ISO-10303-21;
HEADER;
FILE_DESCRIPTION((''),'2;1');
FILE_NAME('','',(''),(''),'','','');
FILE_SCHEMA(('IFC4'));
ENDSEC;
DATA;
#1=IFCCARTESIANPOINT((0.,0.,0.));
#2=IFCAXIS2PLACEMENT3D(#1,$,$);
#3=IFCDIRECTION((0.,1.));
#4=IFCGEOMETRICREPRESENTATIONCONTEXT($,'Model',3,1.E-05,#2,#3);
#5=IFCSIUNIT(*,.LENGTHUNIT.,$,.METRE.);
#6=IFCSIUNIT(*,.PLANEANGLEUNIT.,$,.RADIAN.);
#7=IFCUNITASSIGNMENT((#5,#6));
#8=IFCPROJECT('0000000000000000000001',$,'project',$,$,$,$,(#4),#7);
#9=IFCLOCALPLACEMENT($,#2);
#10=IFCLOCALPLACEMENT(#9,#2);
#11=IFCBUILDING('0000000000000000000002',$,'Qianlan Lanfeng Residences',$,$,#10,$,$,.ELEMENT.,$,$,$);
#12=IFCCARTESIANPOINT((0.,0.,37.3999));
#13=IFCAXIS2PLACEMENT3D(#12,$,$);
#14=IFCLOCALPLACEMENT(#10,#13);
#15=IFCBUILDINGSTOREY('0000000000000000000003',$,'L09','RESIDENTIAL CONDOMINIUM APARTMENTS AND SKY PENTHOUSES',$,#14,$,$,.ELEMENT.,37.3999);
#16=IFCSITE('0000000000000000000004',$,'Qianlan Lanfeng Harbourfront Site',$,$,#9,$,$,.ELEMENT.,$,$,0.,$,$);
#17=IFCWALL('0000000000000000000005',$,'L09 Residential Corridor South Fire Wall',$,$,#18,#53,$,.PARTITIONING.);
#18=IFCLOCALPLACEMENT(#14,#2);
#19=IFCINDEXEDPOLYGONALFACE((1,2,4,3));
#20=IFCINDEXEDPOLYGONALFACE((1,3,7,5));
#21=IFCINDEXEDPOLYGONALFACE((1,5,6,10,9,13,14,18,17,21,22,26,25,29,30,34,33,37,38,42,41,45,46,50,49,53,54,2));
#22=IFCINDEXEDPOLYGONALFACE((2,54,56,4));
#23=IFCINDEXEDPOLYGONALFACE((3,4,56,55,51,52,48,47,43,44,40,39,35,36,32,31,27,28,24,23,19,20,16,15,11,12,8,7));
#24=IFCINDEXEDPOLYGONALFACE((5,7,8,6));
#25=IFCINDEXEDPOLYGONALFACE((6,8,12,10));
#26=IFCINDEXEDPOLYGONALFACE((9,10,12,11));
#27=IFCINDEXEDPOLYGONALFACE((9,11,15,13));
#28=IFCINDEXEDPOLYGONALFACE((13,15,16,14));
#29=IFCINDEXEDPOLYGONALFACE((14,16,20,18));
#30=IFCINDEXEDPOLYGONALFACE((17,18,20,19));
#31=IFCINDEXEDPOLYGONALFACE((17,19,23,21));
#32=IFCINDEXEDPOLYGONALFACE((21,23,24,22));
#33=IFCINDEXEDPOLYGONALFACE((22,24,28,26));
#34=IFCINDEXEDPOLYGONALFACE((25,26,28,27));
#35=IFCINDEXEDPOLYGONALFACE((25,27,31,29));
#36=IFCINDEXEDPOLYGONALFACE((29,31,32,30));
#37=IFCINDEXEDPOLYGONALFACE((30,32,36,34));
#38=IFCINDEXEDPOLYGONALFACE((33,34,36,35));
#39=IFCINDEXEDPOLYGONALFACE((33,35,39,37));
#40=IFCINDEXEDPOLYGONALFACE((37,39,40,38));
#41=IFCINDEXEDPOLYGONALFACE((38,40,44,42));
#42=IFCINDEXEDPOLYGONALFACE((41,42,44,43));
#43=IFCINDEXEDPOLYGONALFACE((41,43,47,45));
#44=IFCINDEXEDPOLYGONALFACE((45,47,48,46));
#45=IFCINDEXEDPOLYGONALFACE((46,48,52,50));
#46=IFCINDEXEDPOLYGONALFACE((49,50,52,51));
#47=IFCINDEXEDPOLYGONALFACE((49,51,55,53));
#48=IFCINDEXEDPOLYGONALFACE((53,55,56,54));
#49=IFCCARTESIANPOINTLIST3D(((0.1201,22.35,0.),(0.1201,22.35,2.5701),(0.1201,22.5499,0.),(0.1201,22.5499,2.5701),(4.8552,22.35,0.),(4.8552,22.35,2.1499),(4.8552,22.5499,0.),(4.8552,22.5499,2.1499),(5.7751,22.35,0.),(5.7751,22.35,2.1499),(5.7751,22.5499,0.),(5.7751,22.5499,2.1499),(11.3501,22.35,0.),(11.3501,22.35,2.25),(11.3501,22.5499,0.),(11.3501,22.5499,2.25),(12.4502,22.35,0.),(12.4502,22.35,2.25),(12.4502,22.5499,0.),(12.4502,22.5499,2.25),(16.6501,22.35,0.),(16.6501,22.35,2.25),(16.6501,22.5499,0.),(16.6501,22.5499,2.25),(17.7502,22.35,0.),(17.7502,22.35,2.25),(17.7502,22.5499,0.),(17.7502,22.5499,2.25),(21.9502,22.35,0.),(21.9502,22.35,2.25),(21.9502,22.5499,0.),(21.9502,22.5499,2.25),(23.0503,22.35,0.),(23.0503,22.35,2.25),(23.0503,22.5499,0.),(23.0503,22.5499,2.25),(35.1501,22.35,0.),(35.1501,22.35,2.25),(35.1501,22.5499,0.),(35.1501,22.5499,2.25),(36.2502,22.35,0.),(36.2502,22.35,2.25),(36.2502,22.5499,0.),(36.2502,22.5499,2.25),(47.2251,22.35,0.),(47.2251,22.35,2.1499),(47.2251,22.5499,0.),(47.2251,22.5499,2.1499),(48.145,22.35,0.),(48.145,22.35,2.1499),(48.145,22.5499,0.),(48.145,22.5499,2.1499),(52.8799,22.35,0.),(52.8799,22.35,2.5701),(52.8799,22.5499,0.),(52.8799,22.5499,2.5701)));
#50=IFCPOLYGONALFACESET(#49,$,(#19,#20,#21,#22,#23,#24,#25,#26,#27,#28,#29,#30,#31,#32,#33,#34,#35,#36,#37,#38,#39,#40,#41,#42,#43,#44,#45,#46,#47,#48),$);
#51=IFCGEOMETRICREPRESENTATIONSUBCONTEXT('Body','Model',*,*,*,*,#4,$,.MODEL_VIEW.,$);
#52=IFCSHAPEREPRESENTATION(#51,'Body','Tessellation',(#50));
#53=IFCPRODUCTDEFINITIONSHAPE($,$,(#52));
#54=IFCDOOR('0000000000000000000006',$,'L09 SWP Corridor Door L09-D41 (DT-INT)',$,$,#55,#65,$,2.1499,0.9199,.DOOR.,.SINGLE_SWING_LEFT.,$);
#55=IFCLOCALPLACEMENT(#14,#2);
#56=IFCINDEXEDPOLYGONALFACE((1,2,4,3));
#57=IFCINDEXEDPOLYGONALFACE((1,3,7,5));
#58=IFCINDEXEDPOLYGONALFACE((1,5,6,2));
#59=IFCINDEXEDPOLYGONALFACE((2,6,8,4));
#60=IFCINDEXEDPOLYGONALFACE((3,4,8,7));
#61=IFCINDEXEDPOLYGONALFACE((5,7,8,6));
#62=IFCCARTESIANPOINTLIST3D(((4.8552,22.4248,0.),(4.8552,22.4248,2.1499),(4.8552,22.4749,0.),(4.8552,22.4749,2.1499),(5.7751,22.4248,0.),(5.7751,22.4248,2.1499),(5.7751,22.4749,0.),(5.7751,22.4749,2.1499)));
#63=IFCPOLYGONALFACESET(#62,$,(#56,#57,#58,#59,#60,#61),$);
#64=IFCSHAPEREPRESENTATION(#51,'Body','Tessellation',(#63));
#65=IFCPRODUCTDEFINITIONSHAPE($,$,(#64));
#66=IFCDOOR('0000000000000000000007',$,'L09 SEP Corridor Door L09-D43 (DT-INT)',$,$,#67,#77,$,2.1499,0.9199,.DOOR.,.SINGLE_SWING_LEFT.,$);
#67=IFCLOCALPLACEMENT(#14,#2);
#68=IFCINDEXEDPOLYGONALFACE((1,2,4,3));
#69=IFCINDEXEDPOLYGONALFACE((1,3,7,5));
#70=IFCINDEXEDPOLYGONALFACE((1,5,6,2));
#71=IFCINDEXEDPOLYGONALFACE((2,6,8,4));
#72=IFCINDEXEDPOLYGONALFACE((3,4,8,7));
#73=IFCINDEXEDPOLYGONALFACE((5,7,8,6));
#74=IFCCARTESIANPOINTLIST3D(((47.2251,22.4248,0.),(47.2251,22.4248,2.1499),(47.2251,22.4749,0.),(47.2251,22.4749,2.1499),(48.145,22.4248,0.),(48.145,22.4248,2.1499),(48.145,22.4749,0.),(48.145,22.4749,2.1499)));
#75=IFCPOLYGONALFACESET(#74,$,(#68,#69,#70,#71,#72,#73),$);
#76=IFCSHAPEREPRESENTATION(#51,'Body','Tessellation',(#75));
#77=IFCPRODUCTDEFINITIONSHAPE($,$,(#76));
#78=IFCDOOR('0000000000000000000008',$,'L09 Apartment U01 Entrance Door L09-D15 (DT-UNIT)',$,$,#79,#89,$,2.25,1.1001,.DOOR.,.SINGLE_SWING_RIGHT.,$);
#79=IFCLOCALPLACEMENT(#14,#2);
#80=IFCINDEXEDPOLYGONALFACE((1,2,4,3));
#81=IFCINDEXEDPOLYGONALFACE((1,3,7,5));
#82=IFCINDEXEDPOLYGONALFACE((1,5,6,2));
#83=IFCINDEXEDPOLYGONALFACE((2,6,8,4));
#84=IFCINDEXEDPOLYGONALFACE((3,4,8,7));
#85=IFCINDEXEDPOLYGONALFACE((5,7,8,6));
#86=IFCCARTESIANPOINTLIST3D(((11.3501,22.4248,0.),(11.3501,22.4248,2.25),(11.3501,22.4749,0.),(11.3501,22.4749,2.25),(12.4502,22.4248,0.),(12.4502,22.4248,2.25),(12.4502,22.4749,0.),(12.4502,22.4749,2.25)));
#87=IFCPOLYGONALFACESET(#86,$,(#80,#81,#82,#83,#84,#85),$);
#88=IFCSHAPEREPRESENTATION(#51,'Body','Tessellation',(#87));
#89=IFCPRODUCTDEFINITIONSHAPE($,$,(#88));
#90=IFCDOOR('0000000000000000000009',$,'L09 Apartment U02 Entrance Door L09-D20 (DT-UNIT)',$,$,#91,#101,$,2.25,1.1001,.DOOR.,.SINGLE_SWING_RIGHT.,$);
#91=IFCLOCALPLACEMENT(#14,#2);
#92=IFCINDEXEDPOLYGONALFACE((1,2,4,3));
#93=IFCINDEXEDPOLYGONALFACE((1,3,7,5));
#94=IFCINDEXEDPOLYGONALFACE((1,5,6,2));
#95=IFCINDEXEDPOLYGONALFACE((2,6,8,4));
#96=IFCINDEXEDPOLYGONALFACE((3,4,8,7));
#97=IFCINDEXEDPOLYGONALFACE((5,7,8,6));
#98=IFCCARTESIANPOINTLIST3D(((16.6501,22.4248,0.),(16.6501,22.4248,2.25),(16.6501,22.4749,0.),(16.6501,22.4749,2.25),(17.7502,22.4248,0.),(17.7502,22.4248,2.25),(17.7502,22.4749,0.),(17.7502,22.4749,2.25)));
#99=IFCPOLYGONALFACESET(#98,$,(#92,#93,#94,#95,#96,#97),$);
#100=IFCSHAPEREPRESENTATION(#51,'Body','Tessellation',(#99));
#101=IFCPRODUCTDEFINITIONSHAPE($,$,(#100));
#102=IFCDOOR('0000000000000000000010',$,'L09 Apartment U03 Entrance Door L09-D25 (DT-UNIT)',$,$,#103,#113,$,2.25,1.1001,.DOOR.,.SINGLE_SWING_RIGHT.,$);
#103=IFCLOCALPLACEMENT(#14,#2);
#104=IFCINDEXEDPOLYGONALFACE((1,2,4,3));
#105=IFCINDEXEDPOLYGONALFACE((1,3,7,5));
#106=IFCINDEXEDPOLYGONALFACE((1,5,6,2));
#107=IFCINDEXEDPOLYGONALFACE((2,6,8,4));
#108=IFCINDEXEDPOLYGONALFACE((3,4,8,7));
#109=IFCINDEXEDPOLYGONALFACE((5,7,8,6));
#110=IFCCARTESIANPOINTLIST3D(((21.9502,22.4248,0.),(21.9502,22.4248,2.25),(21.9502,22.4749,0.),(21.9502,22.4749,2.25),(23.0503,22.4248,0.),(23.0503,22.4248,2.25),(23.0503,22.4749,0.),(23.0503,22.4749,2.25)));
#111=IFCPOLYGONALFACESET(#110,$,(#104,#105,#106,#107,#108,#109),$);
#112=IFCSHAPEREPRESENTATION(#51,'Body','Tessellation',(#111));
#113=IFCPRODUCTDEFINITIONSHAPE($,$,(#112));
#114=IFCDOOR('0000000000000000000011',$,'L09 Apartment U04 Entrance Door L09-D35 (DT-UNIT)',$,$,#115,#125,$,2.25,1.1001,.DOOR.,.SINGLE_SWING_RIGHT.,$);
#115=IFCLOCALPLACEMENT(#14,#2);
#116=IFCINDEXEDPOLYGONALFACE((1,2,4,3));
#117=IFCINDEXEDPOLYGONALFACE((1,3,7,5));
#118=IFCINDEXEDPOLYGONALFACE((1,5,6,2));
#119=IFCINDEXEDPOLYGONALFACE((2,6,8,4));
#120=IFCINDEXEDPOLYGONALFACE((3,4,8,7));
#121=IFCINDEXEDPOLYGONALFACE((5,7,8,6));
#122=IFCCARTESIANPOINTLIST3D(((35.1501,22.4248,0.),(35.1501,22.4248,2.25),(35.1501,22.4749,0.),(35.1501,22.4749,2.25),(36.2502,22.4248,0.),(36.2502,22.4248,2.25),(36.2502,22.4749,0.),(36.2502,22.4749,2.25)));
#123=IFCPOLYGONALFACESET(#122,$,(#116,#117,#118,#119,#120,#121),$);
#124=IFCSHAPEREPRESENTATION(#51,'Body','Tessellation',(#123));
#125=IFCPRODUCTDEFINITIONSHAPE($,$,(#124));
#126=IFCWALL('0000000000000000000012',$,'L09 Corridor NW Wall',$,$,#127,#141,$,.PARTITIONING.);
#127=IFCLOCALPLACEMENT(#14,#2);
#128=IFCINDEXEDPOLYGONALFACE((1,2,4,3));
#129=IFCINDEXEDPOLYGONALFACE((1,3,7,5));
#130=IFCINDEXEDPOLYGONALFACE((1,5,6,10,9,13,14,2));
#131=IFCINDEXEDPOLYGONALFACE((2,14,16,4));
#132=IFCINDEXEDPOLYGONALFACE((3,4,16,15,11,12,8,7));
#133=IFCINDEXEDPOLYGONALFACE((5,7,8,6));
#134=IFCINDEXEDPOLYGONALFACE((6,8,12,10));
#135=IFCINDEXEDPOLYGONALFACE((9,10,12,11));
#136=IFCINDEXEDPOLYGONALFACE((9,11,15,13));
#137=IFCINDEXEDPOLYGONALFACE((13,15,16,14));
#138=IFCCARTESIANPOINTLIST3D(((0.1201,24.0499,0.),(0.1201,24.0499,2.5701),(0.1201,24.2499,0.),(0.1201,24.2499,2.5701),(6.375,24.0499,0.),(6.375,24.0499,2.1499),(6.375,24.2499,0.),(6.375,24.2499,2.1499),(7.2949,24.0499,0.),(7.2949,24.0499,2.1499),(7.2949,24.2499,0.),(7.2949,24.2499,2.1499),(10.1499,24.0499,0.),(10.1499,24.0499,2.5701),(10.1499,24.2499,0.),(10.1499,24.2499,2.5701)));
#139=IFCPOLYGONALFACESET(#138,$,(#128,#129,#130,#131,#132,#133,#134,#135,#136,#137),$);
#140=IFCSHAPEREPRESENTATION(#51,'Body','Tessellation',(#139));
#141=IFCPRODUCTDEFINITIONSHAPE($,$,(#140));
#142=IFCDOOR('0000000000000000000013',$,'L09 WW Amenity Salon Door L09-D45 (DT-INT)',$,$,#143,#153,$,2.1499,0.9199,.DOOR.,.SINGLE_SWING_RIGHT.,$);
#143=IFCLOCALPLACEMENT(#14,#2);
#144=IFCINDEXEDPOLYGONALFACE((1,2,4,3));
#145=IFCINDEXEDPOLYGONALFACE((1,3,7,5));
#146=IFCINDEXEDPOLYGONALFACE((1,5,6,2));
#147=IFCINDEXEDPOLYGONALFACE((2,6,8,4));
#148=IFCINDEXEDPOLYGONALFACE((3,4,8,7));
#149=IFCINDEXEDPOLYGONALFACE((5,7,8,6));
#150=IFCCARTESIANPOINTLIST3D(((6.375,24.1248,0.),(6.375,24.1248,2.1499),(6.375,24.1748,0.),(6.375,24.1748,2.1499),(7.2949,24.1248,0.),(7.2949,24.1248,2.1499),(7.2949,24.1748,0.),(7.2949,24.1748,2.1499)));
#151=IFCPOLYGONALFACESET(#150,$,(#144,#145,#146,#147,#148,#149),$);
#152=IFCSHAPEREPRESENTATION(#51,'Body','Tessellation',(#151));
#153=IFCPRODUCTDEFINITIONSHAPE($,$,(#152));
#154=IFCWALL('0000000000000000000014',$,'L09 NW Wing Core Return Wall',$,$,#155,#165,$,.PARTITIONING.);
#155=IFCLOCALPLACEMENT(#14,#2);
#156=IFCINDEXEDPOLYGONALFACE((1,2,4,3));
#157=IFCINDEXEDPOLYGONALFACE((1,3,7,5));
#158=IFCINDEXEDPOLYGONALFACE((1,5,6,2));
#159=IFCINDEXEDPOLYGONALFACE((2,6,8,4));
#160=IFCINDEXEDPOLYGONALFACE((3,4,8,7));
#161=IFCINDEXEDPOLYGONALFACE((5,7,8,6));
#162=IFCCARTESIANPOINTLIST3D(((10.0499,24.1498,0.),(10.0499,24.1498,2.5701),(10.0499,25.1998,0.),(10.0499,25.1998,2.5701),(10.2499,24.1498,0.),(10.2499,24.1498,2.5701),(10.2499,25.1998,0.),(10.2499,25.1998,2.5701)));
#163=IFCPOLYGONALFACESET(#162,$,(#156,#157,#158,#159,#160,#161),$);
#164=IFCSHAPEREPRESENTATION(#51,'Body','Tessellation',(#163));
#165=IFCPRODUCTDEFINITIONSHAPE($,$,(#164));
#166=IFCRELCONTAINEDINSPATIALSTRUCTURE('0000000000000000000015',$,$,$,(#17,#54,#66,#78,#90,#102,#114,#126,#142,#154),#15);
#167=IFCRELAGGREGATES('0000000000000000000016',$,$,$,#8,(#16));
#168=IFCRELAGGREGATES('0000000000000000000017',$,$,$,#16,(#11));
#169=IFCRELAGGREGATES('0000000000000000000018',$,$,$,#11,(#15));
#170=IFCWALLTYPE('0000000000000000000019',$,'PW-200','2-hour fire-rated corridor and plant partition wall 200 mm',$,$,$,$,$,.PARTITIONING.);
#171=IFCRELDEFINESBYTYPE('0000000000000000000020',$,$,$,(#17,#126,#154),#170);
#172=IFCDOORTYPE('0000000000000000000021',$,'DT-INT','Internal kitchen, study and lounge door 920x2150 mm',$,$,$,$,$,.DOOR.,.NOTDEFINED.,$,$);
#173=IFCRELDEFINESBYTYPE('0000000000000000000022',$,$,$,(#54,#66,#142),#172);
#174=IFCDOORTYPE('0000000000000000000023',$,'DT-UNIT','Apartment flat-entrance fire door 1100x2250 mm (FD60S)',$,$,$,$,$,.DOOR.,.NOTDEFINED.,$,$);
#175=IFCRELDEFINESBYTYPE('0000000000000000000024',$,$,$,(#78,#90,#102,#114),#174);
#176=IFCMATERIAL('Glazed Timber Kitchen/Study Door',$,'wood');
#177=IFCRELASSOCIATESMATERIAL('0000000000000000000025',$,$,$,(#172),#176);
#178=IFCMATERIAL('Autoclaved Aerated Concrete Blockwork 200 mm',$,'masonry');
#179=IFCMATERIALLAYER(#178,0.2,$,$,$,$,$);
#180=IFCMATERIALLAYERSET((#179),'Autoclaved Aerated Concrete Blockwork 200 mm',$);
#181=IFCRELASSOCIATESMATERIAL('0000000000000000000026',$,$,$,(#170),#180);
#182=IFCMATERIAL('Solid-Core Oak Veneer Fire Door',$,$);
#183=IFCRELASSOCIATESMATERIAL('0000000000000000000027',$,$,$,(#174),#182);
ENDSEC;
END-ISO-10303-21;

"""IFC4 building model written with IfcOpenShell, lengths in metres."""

from ifc_helpers import new_model, si_unit, direction, frame, frame_2d, origin, place, context, subcontext, project, spatial, rectangle, extrude, material, layer, layer_set, type_object, element, fill, save


model = new_model("IFC4")

# Units and contexts
model_context = context("Model", 3, precision=1e-05, world=origin(), true_north=direction((0.0, 1.0)))
body_context = subcontext(model_context, "Body", "Model", "MODEL_VIEW")
ifc_project = project(units=[si_unit("LENGTHUNIT", "METRE"), si_unit("PLANEANGLEUNIT", "RADIAN")], contexts=[model_context])

# Site, building, storey
site_placement = place(None, origin())
site = spatial("IfcSite", under=ifc_project, at=site_placement, Name="Qianlan Lanfeng Harbourfront Site", CompositionType="ELEMENT", RefElevation=0.0)
building_placement = place(site_placement, origin())
building = spatial("IfcBuilding", under=site, at=building_placement, Name="Qianlan Lanfeng Residences", CompositionType="ELEMENT")
storey_placement = place(building_placement, frame((0.0, 0.0, 37.3999)))
storey = spatial("IfcBuildingStorey", under=building, at=storey_placement, Name="L09", Description="RESIDENTIAL CONDOMINIUM APARTMENTS AND SKY PENTHOUSES", CompositionType="ELEMENT", Elevation=37.3999)

# Shared definitions
ifc_material_1 = material(Name="Glazed Timber Kitchen/Study Door", Category="wood")
door_type_1 = type_object("IfcDoorType", Name="DT-INT", Description="Internal kitchen, study and lounge door 920x2150 mm", OperationType="NOTDEFINED", PredefinedType="DOOR", material=ifc_material_1)

# Wall, openings, doors
ifc_material_2 = material(Name="Autoclaved Aerated Concrete Blockwork 200 mm", Category="masonry")
ifc_layer_1 = layer(ifc_material_2, 0.2)
ifc_layer_set_1 = layer_set([ifc_layer_1], Name="Autoclaved Aerated Concrete Blockwork 200 mm")
wall_type_1 = type_object("IfcWallType", Name="PW-200", Description="2-hour fire-rated corridor and plant partition wall 200 mm", PredefinedType="PARTITIONING", material=ifc_layer_set_1)
wall_1_placement = place(storey_placement, frame((0.1201, 22.45, 0.0), z_axis=(0.0, 0.0, 1.0), x_axis=(1.0, 0.0, 0.0)))
wall_1 = element("IfcWall", 1, at=wall_1_placement, inside=storey, type_object=wall_type_1, Name="L09 Residential Corridor South Fire Wall", PredefinedType="PARTITIONING", context=body_context, shape_type="SweptSolid", body=[
    extrude(rectangle(XDim=52.7598, YDim=0.2, at=frame_2d((26.3799, 0.0))), origin(), (0.0, 0.0, 1.0), 2.5701),
])
opening_1_placement = place(wall_1_placement, frame((11.23, 0.0, 0.0)))
opening_1 = element("IfcOpeningElement", 2, at=opening_1_placement, cuts=wall_1, PredefinedType="OPENING", context=body_context, shape_type="SweptSolid", body=[
    extrude(rectangle(XDim=1.1001, YDim=2.25, at=frame_2d((0.55, 1.125))), frame((0.0, 0.1099, 0.0), z_axis=(0.0, -1.0, 0.0), x_axis=(1.0, 0.0, 0.0)), (0.0, 0.0, 1.0), 0.22),
])
opening_2_placement = place(wall_1_placement, frame((16.53, 0.0, 0.0)))
opening_2 = element("IfcOpeningElement", 3, at=opening_2_placement, cuts=wall_1, PredefinedType="OPENING", context=body_context, shape_type="SweptSolid", body=[
    extrude(rectangle(XDim=1.1001, YDim=2.25, at=frame_2d((0.55, 1.125))), frame((0.0, 0.1099, 0.0), z_axis=(0.0, -1.0, 0.0), x_axis=(1.0, 0.0, 0.0)), (0.0, 0.0, 1.0), 0.22),
])
opening_3_placement = place(wall_1_placement, frame((21.8301, 0.0, 0.0)))
opening_3 = element("IfcOpeningElement", 4, at=opening_3_placement, cuts=wall_1, PredefinedType="OPENING", context=body_context, shape_type="SweptSolid", body=[
    extrude(rectangle(XDim=1.1001, YDim=2.25, at=frame_2d((0.55, 1.125))), frame((0.0, 0.1099, 0.0), z_axis=(0.0, -1.0, 0.0), x_axis=(1.0, 0.0, 0.0)), (0.0, 0.0, 1.0), 0.22),
])
opening_4_placement = place(wall_1_placement, frame((35.03, 0.0, 0.0)))
opening_4 = element("IfcOpeningElement", 5, at=opening_4_placement, cuts=wall_1, PredefinedType="OPENING", context=body_context, shape_type="SweptSolid", body=[
    extrude(rectangle(XDim=1.1001, YDim=2.25, at=frame_2d((0.55, 1.125))), frame((0.0, 0.1099, 0.0), z_axis=(0.0, -1.0, 0.0), x_axis=(1.0, 0.0, 0.0)), (0.0, 0.0, 1.0), 0.22),
])
opening_5_placement = place(wall_1_placement, frame((4.7351, 0.0, 0.0)))
opening_5 = element("IfcOpeningElement", 6, at=opening_5_placement, cuts=wall_1, PredefinedType="OPENING", context=body_context, shape_type="SweptSolid", body=[
    extrude(rectangle(XDim=0.9199, YDim=2.1499, at=frame_2d((0.46, 1.075))), frame((0.0, 0.1099, 0.0), z_axis=(0.0, -1.0, 0.0), x_axis=(1.0, 0.0, 0.0)), (0.0, 0.0, 1.0), 0.22),
])
opening_6_placement = place(wall_1_placement, frame((47.105, 0.0, 0.0)))
opening_6 = element("IfcOpeningElement", 7, at=opening_6_placement, cuts=wall_1, PredefinedType="OPENING", context=body_context, shape_type="SweptSolid", body=[
    extrude(rectangle(XDim=0.9199, YDim=2.1499, at=frame_2d((0.46, 1.075))), frame((0.0, 0.1099, 0.0), z_axis=(0.0, -1.0, 0.0), x_axis=(1.0, 0.0, 0.0)), (0.0, 0.0, 1.0), 0.22),
])
door_1_placement = place(opening_5_placement, origin())
door_1 = element("IfcDoor", 8, at=door_1_placement, inside=storey, type_object=door_type_1, Name="L09 SWP Corridor Door L09-D41 (DT-INT)", OperationType="SINGLE_SWING_LEFT", OverallHeight=2.1499, OverallWidth=0.9199, PredefinedType="DOOR", context=body_context, shape_type="SweptSolid", body=[
    extrude(rectangle(XDim=0.9199, YDim=2.1499, at=frame_2d((0.46, 1.075))), frame((0.0, 0.0249, 0.0), z_axis=(0.0, -1.0, 0.0), x_axis=(1.0, 0.0, 0.0)), (0.0, 0.0, 1.0), 0.05),
])
fill(opening_5, door_1)
door_2_placement = place(opening_6_placement, origin())
door_2 = element("IfcDoor", 9, at=door_2_placement, inside=storey, type_object=door_type_1, Name="L09 SEP Corridor Door L09-D43 (DT-INT)", OperationType="SINGLE_SWING_LEFT", OverallHeight=2.1499, OverallWidth=0.9199, PredefinedType="DOOR", context=body_context, shape_type="SweptSolid", body=[
    extrude(rectangle(XDim=0.9199, YDim=2.1499, at=frame_2d((0.46, 1.075))), frame((0.0, 0.0249, 0.0), z_axis=(0.0, -1.0, 0.0), x_axis=(1.0, 0.0, 0.0)), (0.0, 0.0, 1.0), 0.05),
])
fill(opening_6, door_2)
ifc_material_3 = material(Name="Solid-Core Oak Veneer Fire Door")
door_type_2 = type_object("IfcDoorType", Name="DT-UNIT", Description="Apartment flat-entrance fire door 1100x2250 mm (FD60S)", OperationType="NOTDEFINED", PredefinedType="DOOR", material=ifc_material_3)
door_3_placement = place(opening_1_placement, origin())
door_3 = element("IfcDoor", 10, at=door_3_placement, inside=storey, type_object=door_type_2, Name="L09 Apartment U01 Entrance Door L09-D15 (DT-UNIT)", OperationType="SINGLE_SWING_RIGHT", OverallHeight=2.25, OverallWidth=1.1001, PredefinedType="DOOR", context=body_context, shape_type="SweptSolid", body=[
    extrude(rectangle(XDim=1.1001, YDim=2.25, at=frame_2d((0.55, 1.125))), frame((0.0, 0.0249, 0.0), z_axis=(0.0, -1.0, 0.0), x_axis=(1.0, 0.0, 0.0)), (0.0, 0.0, 1.0), 0.05),
])
fill(opening_1, door_3)
door_4_placement = place(opening_2_placement, origin())
door_4 = element("IfcDoor", 11, at=door_4_placement, inside=storey, type_object=door_type_2, Name="L09 Apartment U02 Entrance Door L09-D20 (DT-UNIT)", OperationType="SINGLE_SWING_RIGHT", OverallHeight=2.25, OverallWidth=1.1001, PredefinedType="DOOR", context=body_context, shape_type="SweptSolid", body=[
    extrude(rectangle(XDim=1.1001, YDim=2.25, at=frame_2d((0.55, 1.125))), frame((0.0, 0.0249, 0.0), z_axis=(0.0, -1.0, 0.0), x_axis=(1.0, 0.0, 0.0)), (0.0, 0.0, 1.0), 0.05),
])
fill(opening_2, door_4)
door_5_placement = place(opening_3_placement, origin())
door_5 = element("IfcDoor", 12, at=door_5_placement, inside=storey, type_object=door_type_2, Name="L09 Apartment U03 Entrance Door L09-D25 (DT-UNIT)", OperationType="SINGLE_SWING_RIGHT", OverallHeight=2.25, OverallWidth=1.1001, PredefinedType="DOOR", context=body_context, shape_type="SweptSolid", body=[
    extrude(rectangle(XDim=1.1001, YDim=2.25, at=frame_2d((0.55, 1.125))), frame((0.0, 0.0249, 0.0), z_axis=(0.0, -1.0, 0.0), x_axis=(1.0, 0.0, 0.0)), (0.0, 0.0, 1.0), 0.05),
])
fill(opening_3, door_5)
door_6_placement = place(opening_4_placement, origin())
door_6 = element("IfcDoor", 13, at=door_6_placement, inside=storey, type_object=door_type_2, Name="L09 Apartment U04 Entrance Door L09-D35 (DT-UNIT)", OperationType="SINGLE_SWING_RIGHT", OverallHeight=2.25, OverallWidth=1.1001, PredefinedType="DOOR", context=body_context, shape_type="SweptSolid", body=[
    extrude(rectangle(XDim=1.1001, YDim=2.25, at=frame_2d((0.55, 1.125))), frame((0.0, 0.0249, 0.0), z_axis=(0.0, -1.0, 0.0), x_axis=(1.0, 0.0, 0.0)), (0.0, 0.0, 1.0), 0.05),
])
fill(opening_4, door_6)

# Wall, opening, door
wall_2_placement = place(storey_placement, frame((0.1201, 24.1499, 0.0), z_axis=(0.0, 0.0, 1.0), x_axis=(1.0, 0.0, 0.0)))
wall_2 = element("IfcWall", 14, at=wall_2_placement, inside=storey, type_object=wall_type_1, Name="L09 Corridor NW Wall", PredefinedType="PARTITIONING", context=body_context, shape_type="SweptSolid", body=[
    extrude(rectangle(XDim=10.0298, YDim=0.2, at=frame_2d((5.0149, 0.0))), origin(), (0.0, 0.0, 1.0), 2.5701),
])
opening_7_placement = place(wall_2_placement, frame((6.2549, 0.0, 0.0)))
opening_7 = element("IfcOpeningElement", 15, at=opening_7_placement, cuts=wall_2, PredefinedType="OPENING", context=body_context, shape_type="SweptSolid", body=[
    extrude(rectangle(XDim=0.9199, YDim=2.1499, at=frame_2d((0.46, 1.075))), frame((0.0, 0.1099, 0.0), z_axis=(0.0, -1.0, 0.0), x_axis=(1.0, 0.0, 0.0)), (0.0, 0.0, 1.0), 0.22),
])
door_7_placement = place(opening_7_placement, origin())
door_7 = element("IfcDoor", 16, at=door_7_placement, inside=storey, type_object=door_type_1, Name="L09 WW Amenity Salon Door L09-D45 (DT-INT)", OperationType="SINGLE_SWING_RIGHT", OverallHeight=2.1499, OverallWidth=0.9199, PredefinedType="DOOR", context=body_context, shape_type="SweptSolid", body=[
    extrude(rectangle(XDim=0.9199, YDim=2.1499, at=frame_2d((0.46, 1.075))), frame((0.0, 0.0249, 0.0), z_axis=(0.0, -1.0, 0.0), x_axis=(1.0, 0.0, 0.0)), (0.0, 0.0, 1.0), 0.05),
])
fill(opening_7, door_7)

# Wall
wall_3_placement = place(storey_placement, frame((10.1499, 24.1499, 0.0), z_axis=(0.0, 0.0, 1.0), x_axis=(0.0, 1.0, 0.0)))
element("IfcWall", 17, at=wall_3_placement, inside=storey, type_object=wall_type_1, Name="L09 NW Wing Core Return Wall", PredefinedType="PARTITIONING", context=body_context, shape_type="SweptSolid", body=[
    extrude(rectangle(XDim=1.05, YDim=0.2, at=frame_2d((0.5249, 0.0))), origin(), (0.0, 0.0, 1.0), 2.5701),
])

save(model, "model.ifc")
